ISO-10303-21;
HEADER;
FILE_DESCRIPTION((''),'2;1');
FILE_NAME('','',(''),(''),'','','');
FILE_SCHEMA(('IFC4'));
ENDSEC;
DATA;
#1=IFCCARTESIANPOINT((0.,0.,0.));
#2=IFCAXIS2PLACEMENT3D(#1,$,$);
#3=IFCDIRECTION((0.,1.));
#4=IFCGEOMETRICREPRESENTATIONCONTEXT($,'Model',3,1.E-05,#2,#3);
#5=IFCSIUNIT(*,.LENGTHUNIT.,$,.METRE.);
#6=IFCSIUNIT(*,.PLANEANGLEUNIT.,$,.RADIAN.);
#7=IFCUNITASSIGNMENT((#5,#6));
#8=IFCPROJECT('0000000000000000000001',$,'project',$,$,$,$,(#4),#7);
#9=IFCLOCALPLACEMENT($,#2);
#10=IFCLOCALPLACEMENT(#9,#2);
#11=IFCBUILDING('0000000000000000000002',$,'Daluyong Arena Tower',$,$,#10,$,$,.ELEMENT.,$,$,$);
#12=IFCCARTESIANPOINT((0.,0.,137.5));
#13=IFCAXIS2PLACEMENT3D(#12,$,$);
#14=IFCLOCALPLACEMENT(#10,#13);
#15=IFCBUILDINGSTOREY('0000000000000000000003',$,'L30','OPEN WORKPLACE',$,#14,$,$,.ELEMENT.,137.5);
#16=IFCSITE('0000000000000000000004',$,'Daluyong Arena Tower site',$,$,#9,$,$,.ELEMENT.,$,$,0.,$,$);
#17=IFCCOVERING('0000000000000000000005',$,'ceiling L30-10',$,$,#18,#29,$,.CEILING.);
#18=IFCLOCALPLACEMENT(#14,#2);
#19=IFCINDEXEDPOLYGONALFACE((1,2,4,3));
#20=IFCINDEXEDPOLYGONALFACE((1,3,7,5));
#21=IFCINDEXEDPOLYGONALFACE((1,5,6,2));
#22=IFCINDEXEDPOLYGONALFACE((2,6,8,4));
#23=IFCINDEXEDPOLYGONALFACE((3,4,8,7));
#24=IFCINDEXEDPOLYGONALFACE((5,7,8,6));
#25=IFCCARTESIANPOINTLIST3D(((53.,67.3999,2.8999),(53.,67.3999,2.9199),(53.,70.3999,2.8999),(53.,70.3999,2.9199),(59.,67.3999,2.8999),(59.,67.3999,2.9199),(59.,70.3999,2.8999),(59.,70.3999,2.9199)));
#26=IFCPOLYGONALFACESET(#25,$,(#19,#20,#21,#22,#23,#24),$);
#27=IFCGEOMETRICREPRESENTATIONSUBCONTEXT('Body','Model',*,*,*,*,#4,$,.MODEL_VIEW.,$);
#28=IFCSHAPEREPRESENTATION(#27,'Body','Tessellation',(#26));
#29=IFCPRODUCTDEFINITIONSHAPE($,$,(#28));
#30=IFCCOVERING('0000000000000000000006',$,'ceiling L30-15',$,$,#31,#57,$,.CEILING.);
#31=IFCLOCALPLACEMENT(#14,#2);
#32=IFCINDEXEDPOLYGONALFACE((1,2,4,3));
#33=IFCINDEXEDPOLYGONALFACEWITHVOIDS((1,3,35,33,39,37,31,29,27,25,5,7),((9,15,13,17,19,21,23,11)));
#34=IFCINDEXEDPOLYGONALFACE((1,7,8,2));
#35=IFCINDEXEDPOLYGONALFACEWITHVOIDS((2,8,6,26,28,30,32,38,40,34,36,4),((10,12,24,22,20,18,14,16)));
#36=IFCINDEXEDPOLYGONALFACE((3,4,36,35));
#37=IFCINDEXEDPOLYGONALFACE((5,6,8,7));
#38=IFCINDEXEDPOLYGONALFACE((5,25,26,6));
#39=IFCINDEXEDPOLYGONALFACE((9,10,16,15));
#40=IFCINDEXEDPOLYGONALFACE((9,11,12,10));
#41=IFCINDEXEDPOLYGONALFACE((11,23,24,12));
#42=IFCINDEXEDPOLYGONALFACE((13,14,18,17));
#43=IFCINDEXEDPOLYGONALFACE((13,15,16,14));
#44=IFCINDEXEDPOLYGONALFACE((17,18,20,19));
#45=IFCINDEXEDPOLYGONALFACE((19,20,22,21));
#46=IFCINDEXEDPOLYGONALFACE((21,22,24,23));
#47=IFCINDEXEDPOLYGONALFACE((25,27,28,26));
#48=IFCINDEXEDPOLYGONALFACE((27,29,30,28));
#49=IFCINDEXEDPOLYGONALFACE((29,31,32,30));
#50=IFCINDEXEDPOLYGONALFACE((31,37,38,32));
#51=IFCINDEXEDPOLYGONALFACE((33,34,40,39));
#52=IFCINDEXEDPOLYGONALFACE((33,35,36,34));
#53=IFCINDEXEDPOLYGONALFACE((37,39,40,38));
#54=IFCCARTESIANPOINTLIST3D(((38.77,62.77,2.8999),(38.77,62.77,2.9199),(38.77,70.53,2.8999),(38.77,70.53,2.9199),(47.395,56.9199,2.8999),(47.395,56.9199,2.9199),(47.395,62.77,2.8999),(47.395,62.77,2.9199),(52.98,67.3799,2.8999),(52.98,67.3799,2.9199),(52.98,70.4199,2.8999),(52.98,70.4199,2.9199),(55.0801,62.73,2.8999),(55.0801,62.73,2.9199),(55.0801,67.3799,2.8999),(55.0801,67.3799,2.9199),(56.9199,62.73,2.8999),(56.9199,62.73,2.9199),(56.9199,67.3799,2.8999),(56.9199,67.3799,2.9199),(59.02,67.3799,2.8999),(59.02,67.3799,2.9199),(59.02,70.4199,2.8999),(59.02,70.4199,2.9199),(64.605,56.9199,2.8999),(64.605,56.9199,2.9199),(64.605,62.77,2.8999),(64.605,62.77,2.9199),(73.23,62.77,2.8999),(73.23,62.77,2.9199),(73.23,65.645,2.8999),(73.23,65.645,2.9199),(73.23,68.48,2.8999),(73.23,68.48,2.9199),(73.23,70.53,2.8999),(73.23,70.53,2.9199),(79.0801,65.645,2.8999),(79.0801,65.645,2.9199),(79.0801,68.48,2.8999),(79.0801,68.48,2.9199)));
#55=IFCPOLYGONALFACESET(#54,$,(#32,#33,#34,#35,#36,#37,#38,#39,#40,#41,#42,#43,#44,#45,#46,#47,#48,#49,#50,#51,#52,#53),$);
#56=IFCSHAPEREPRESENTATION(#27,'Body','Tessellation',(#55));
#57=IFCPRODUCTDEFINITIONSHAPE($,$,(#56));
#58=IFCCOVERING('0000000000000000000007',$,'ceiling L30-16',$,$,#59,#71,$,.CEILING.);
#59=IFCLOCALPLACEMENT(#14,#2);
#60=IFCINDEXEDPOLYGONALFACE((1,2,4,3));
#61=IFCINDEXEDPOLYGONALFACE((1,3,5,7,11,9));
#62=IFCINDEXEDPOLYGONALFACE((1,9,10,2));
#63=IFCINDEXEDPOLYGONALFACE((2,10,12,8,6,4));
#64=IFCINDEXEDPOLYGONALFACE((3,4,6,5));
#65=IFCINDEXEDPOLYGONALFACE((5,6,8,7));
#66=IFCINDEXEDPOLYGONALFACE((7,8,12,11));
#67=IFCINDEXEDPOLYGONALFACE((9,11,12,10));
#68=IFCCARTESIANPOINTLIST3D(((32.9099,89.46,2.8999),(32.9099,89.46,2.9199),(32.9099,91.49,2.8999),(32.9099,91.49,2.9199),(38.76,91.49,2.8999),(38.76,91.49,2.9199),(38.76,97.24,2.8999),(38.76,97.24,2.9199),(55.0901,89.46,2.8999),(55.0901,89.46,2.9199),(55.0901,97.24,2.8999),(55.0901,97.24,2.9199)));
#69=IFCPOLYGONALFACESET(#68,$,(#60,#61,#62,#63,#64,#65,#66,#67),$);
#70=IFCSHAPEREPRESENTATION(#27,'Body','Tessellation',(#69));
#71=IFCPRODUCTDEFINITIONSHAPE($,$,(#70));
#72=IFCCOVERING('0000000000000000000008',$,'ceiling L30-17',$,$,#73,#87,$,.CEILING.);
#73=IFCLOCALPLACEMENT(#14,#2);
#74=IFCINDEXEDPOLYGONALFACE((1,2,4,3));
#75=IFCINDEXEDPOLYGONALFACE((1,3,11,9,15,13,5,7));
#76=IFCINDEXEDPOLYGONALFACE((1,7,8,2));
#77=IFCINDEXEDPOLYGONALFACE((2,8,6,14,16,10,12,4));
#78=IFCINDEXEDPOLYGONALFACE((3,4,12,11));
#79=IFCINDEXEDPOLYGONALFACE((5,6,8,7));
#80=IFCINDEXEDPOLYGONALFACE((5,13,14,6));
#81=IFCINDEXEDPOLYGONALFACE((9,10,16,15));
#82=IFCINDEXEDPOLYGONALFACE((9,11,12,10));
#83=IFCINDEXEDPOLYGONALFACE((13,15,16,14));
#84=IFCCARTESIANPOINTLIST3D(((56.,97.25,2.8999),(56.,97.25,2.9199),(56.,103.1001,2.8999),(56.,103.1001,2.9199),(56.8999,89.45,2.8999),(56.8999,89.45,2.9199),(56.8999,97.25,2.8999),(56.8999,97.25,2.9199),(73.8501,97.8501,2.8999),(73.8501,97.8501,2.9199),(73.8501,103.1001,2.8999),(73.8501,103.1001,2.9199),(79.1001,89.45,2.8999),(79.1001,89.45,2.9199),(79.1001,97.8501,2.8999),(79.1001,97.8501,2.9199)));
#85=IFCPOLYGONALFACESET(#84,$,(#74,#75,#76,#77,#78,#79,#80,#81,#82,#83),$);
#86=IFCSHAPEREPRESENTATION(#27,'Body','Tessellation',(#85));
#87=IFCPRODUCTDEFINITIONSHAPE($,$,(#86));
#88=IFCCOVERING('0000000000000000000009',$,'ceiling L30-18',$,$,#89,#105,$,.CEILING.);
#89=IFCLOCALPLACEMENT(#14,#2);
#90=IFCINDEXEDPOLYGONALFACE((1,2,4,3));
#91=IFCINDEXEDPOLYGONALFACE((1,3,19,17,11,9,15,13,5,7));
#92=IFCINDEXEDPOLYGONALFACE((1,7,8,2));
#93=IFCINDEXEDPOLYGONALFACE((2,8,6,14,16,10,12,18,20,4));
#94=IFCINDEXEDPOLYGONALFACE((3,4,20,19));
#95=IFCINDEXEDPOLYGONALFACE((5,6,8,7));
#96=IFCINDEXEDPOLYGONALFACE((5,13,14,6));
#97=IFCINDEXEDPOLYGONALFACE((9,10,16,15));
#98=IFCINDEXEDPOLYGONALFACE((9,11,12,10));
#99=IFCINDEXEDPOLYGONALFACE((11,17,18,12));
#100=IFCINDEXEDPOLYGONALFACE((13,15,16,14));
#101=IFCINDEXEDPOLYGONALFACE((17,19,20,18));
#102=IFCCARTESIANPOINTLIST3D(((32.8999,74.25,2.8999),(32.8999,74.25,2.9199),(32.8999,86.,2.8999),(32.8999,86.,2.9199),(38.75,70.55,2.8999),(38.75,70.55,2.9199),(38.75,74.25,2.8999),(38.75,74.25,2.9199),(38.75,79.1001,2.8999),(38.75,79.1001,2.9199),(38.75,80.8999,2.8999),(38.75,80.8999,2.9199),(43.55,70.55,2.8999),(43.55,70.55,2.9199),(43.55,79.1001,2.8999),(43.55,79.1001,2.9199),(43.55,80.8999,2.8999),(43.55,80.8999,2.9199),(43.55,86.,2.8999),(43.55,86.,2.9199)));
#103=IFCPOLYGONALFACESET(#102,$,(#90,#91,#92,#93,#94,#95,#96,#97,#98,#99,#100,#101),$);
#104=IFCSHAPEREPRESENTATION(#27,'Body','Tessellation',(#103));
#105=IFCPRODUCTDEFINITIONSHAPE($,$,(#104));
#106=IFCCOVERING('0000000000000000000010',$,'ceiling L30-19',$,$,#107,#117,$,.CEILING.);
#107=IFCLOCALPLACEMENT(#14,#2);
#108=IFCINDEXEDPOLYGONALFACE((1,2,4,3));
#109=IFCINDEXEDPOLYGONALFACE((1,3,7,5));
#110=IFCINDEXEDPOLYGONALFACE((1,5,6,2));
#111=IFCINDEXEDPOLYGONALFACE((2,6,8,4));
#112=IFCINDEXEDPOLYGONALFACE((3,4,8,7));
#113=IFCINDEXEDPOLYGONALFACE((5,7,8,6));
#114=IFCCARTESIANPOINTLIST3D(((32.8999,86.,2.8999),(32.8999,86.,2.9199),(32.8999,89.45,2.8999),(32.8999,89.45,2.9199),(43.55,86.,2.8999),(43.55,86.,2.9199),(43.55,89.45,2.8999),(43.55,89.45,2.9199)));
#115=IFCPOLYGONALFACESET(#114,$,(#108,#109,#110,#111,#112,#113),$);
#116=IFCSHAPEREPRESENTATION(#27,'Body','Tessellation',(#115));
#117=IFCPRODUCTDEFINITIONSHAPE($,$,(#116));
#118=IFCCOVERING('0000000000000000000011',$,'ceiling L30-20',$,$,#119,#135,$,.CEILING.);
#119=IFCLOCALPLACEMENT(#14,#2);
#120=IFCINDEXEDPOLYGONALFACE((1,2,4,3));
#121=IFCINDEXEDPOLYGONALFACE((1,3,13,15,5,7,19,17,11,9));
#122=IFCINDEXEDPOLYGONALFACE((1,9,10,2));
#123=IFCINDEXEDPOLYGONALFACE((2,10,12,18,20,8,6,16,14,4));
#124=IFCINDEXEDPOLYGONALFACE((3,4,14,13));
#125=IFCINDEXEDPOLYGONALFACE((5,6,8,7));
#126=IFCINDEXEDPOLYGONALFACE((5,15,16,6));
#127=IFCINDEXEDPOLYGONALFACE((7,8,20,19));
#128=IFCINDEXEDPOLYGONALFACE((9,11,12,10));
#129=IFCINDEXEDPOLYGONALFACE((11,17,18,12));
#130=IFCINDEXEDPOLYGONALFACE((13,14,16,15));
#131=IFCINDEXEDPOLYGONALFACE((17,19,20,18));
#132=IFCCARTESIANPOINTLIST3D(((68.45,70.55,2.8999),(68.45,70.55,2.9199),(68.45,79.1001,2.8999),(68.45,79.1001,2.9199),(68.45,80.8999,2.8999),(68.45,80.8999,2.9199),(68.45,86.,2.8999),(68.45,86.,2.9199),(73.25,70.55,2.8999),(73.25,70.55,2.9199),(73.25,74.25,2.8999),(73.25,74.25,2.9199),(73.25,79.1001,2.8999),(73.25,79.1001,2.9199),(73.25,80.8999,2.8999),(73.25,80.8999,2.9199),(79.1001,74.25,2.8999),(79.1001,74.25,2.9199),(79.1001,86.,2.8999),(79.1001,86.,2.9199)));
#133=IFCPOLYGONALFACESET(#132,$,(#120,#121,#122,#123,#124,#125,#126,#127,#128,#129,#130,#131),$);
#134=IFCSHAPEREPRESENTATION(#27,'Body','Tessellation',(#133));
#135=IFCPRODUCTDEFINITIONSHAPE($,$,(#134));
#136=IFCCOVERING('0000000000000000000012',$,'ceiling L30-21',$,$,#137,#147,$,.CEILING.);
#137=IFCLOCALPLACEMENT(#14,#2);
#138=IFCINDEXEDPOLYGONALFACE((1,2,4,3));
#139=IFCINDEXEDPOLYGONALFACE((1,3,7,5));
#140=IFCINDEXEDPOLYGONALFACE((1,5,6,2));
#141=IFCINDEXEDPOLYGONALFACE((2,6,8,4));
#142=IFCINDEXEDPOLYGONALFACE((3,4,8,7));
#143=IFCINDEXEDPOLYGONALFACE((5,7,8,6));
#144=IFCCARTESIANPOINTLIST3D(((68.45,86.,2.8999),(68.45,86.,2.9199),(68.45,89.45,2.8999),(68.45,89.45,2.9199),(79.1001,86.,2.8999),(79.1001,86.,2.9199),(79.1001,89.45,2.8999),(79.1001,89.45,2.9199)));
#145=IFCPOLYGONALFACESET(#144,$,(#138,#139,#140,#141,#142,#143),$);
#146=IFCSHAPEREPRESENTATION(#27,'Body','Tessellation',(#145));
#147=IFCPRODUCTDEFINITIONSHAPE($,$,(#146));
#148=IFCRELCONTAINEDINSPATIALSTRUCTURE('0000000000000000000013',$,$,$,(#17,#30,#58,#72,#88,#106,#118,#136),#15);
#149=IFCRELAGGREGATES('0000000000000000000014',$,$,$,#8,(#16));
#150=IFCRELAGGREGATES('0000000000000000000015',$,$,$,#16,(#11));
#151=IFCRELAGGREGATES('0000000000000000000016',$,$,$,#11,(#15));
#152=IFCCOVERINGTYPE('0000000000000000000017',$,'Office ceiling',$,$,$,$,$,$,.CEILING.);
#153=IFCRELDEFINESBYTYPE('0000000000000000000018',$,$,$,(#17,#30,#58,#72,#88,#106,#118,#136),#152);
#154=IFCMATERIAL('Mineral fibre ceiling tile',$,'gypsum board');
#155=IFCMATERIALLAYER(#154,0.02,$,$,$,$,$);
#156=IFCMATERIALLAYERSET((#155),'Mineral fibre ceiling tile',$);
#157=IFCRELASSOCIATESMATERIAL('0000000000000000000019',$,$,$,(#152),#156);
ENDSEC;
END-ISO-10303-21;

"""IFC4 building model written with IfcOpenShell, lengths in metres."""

from ifc_helpers import new_model, si_unit, direction, frame, origin, place, context, subcontext, project, spatial, polyline, outline, extrude, material, layer, layer_set, type_object, element, save


model = new_model("IFC4")

# Units and contexts
model_context = context("Model", 3, precision=1e-05, world=origin(), true_north=direction((0.0, 1.0)))
body_context = subcontext(model_context, "Body", "Model", "MODEL_VIEW")
ifc_project = project(units=[si_unit("LENGTHUNIT", "METRE"), si_unit("PLANEANGLEUNIT", "RADIAN")], contexts=[model_context])

# Site, building, storey
site_placement = place(None, origin())
site = spatial("IfcSite", under=ifc_project, at=site_placement, Name="Daluyong Arena Tower site", CompositionType="ELEMENT", RefElevation=0.0)
building_placement = place(site_placement, origin())
building = spatial("IfcBuilding", under=site, at=building_placement, Name="Daluyong Arena Tower", CompositionType="ELEMENT")
storey_placement = place(building_placement, frame((0.0, 0.0, 137.5)))
storey = spatial("IfcBuildingStorey", under=building, at=storey_placement, Name="L30", Description="OPEN WORKPLACE", CompositionType="ELEMENT", Elevation=137.5)

# Coverings
ifc_material_1 = material(Name="Mineral fibre ceiling tile", Category="gypsum board")
ifc_layer_1 = layer(ifc_material_1, 0.02)
ifc_layer_set_1 = layer_set([ifc_layer_1], Name="Mineral fibre ceiling tile")
covering_type = type_object("IfcCoveringType", Name="Office ceiling", PredefinedType="CEILING", material=ifc_layer_set_1)
covering_1_placement = place(storey_placement, frame((0.0, 0.0, 2.8999)))
element("IfcCovering", 1, at=covering_1_placement, inside=storey, type_object=covering_type, Name="ceiling L30-10", PredefinedType="CEILING", context=body_context, shape_type="SweptSolid", body=[
    extrude(outline(polyline([(53.0, 67.3999), (59.0, 67.3999), (59.0, 70.3999), (53.0, 70.3999), (53.0, 67.3999)])), origin(), (0.0, 0.0, 1.0), 0.02),
])
covering_2_placement = place(storey_placement, frame((0.0, 0.0, 2.8999)))
element("IfcCovering", 2, at=covering_2_placement, inside=storey, type_object=covering_type, Name="ceiling L30-15", PredefinedType="CEILING", context=body_context, shape_type="SweptSolid", body=[
    extrude(outline(polyline([(73.23, 70.53), (38.77, 70.53), (38.77, 62.77), (47.395, 62.77), (47.395, 56.9199), (64.605, 56.9199), (64.605, 62.77), (73.23, 62.77), (73.23, 65.645), (79.0801, 65.645), (79.0801, 68.48), (73.23, 68.48), (73.23, 70.53)]), holes=[polyline([(59.02, 67.3799), (56.9199, 67.3799), (56.9199, 62.73), (55.0801, 62.73), (55.0801, 67.3799), (52.98, 67.3799), (52.98, 70.4199), (59.02, 70.4199), (59.02, 67.3799)])]), origin(), (0.0, 0.0, 1.0), 0.02),
])
covering_3_placement = place(storey_placement, frame((0.0, 0.0, 2.8999)))
element("IfcCovering", 3, at=covering_3_placement, inside=storey, type_object=covering_type, Name="ceiling L30-16", PredefinedType="CEILING", context=body_context, shape_type="SweptSolid", body=[
    extrude(outline(polyline([(38.76, 97.24), (38.76, 91.49), (32.9099, 91.49), (32.9099, 89.46), (55.0901, 89.46), (55.0901, 97.24), (38.76, 97.24)])), origin(), (0.0, 0.0, 1.0), 0.02),
])
covering_4_placement = place(storey_placement, frame((0.0, 0.0, 2.8999)))
element("IfcCovering", 4, at=covering_4_placement, inside=storey, type_object=covering_type, Name="ceiling L30-17", PredefinedType="CEILING", context=body_context, shape_type="SweptSolid", body=[
    extrude(outline(polyline([(56.8999, 89.45), (79.1001, 89.45), (79.1001, 97.8501), (73.8501, 97.8501), (73.8501, 103.1001), (56.0, 103.1001), (56.0, 97.25), (56.8999, 97.25), (56.8999, 89.45)])), origin(), (0.0, 0.0, 1.0), 0.02),
])
covering_5_placement = place(storey_placement, frame((0.0, 0.0, 2.8999)))
element("IfcCovering", 5, at=covering_5_placement, inside=storey, type_object=covering_type, Name="ceiling L30-18", PredefinedType="CEILING", context=body_context, shape_type="SweptSolid", body=[
    extrude(outline(polyline([(43.55, 80.8999), (43.55, 86.0), (32.8999, 86.0), (32.8999, 74.25), (38.75, 74.25), (38.75, 70.55), (43.55, 70.55), (43.55, 79.1001), (38.75, 79.1001), (38.75, 80.8999), (43.55, 80.8999)])), origin(), (0.0, 0.0, 1.0), 0.02),
])
covering_6_placement = place(storey_placement, frame((0.0, 0.0, 2.8999)))
element("IfcCovering", 6, at=covering_6_placement, inside=storey, type_object=covering_type, Name="ceiling L30-19", PredefinedType="CEILING", context=body_context, shape_type="SweptSolid", body=[
    extrude(outline(polyline([(43.55, 86.0), (43.55, 89.45), (32.8999, 89.45), (32.8999, 86.0), (43.55, 86.0)])), origin(), (0.0, 0.0, 1.0), 0.02),
])
covering_7_placement = place(storey_placement, frame((0.0, 0.0, 2.8999)))
element("IfcCovering", 7, at=covering_7_placement, inside=storey, type_object=covering_type, Name="ceiling L30-20", PredefinedType="CEILING", context=body_context, shape_type="SweptSolid", body=[
    extrude(outline(polyline([(68.45, 79.1001), (68.45, 70.55), (73.25, 70.55), (73.25, 74.25), (79.1001, 74.25), (79.1001, 86.0), (68.45, 86.0), (68.45, 80.8999), (73.25, 80.8999), (73.25, 79.1001), (68.45, 79.1001)])), origin(), (0.0, 0.0, 1.0), 0.02),
])
covering_8_placement = place(storey_placement, frame((0.0, 0.0, 2.8999)))
element("IfcCovering", 8, at=covering_8_placement, inside=storey, type_object=covering_type, Name="ceiling L30-21", PredefinedType="CEILING", context=body_context, shape_type="SweptSolid", body=[
    extrude(outline(polyline([(68.45, 89.45), (68.45, 86.0), (79.1001, 86.0), (79.1001, 89.45), (68.45, 89.45)])), origin(), (0.0, 0.0, 1.0), 0.02),
])

save(model, "model.ifc")
